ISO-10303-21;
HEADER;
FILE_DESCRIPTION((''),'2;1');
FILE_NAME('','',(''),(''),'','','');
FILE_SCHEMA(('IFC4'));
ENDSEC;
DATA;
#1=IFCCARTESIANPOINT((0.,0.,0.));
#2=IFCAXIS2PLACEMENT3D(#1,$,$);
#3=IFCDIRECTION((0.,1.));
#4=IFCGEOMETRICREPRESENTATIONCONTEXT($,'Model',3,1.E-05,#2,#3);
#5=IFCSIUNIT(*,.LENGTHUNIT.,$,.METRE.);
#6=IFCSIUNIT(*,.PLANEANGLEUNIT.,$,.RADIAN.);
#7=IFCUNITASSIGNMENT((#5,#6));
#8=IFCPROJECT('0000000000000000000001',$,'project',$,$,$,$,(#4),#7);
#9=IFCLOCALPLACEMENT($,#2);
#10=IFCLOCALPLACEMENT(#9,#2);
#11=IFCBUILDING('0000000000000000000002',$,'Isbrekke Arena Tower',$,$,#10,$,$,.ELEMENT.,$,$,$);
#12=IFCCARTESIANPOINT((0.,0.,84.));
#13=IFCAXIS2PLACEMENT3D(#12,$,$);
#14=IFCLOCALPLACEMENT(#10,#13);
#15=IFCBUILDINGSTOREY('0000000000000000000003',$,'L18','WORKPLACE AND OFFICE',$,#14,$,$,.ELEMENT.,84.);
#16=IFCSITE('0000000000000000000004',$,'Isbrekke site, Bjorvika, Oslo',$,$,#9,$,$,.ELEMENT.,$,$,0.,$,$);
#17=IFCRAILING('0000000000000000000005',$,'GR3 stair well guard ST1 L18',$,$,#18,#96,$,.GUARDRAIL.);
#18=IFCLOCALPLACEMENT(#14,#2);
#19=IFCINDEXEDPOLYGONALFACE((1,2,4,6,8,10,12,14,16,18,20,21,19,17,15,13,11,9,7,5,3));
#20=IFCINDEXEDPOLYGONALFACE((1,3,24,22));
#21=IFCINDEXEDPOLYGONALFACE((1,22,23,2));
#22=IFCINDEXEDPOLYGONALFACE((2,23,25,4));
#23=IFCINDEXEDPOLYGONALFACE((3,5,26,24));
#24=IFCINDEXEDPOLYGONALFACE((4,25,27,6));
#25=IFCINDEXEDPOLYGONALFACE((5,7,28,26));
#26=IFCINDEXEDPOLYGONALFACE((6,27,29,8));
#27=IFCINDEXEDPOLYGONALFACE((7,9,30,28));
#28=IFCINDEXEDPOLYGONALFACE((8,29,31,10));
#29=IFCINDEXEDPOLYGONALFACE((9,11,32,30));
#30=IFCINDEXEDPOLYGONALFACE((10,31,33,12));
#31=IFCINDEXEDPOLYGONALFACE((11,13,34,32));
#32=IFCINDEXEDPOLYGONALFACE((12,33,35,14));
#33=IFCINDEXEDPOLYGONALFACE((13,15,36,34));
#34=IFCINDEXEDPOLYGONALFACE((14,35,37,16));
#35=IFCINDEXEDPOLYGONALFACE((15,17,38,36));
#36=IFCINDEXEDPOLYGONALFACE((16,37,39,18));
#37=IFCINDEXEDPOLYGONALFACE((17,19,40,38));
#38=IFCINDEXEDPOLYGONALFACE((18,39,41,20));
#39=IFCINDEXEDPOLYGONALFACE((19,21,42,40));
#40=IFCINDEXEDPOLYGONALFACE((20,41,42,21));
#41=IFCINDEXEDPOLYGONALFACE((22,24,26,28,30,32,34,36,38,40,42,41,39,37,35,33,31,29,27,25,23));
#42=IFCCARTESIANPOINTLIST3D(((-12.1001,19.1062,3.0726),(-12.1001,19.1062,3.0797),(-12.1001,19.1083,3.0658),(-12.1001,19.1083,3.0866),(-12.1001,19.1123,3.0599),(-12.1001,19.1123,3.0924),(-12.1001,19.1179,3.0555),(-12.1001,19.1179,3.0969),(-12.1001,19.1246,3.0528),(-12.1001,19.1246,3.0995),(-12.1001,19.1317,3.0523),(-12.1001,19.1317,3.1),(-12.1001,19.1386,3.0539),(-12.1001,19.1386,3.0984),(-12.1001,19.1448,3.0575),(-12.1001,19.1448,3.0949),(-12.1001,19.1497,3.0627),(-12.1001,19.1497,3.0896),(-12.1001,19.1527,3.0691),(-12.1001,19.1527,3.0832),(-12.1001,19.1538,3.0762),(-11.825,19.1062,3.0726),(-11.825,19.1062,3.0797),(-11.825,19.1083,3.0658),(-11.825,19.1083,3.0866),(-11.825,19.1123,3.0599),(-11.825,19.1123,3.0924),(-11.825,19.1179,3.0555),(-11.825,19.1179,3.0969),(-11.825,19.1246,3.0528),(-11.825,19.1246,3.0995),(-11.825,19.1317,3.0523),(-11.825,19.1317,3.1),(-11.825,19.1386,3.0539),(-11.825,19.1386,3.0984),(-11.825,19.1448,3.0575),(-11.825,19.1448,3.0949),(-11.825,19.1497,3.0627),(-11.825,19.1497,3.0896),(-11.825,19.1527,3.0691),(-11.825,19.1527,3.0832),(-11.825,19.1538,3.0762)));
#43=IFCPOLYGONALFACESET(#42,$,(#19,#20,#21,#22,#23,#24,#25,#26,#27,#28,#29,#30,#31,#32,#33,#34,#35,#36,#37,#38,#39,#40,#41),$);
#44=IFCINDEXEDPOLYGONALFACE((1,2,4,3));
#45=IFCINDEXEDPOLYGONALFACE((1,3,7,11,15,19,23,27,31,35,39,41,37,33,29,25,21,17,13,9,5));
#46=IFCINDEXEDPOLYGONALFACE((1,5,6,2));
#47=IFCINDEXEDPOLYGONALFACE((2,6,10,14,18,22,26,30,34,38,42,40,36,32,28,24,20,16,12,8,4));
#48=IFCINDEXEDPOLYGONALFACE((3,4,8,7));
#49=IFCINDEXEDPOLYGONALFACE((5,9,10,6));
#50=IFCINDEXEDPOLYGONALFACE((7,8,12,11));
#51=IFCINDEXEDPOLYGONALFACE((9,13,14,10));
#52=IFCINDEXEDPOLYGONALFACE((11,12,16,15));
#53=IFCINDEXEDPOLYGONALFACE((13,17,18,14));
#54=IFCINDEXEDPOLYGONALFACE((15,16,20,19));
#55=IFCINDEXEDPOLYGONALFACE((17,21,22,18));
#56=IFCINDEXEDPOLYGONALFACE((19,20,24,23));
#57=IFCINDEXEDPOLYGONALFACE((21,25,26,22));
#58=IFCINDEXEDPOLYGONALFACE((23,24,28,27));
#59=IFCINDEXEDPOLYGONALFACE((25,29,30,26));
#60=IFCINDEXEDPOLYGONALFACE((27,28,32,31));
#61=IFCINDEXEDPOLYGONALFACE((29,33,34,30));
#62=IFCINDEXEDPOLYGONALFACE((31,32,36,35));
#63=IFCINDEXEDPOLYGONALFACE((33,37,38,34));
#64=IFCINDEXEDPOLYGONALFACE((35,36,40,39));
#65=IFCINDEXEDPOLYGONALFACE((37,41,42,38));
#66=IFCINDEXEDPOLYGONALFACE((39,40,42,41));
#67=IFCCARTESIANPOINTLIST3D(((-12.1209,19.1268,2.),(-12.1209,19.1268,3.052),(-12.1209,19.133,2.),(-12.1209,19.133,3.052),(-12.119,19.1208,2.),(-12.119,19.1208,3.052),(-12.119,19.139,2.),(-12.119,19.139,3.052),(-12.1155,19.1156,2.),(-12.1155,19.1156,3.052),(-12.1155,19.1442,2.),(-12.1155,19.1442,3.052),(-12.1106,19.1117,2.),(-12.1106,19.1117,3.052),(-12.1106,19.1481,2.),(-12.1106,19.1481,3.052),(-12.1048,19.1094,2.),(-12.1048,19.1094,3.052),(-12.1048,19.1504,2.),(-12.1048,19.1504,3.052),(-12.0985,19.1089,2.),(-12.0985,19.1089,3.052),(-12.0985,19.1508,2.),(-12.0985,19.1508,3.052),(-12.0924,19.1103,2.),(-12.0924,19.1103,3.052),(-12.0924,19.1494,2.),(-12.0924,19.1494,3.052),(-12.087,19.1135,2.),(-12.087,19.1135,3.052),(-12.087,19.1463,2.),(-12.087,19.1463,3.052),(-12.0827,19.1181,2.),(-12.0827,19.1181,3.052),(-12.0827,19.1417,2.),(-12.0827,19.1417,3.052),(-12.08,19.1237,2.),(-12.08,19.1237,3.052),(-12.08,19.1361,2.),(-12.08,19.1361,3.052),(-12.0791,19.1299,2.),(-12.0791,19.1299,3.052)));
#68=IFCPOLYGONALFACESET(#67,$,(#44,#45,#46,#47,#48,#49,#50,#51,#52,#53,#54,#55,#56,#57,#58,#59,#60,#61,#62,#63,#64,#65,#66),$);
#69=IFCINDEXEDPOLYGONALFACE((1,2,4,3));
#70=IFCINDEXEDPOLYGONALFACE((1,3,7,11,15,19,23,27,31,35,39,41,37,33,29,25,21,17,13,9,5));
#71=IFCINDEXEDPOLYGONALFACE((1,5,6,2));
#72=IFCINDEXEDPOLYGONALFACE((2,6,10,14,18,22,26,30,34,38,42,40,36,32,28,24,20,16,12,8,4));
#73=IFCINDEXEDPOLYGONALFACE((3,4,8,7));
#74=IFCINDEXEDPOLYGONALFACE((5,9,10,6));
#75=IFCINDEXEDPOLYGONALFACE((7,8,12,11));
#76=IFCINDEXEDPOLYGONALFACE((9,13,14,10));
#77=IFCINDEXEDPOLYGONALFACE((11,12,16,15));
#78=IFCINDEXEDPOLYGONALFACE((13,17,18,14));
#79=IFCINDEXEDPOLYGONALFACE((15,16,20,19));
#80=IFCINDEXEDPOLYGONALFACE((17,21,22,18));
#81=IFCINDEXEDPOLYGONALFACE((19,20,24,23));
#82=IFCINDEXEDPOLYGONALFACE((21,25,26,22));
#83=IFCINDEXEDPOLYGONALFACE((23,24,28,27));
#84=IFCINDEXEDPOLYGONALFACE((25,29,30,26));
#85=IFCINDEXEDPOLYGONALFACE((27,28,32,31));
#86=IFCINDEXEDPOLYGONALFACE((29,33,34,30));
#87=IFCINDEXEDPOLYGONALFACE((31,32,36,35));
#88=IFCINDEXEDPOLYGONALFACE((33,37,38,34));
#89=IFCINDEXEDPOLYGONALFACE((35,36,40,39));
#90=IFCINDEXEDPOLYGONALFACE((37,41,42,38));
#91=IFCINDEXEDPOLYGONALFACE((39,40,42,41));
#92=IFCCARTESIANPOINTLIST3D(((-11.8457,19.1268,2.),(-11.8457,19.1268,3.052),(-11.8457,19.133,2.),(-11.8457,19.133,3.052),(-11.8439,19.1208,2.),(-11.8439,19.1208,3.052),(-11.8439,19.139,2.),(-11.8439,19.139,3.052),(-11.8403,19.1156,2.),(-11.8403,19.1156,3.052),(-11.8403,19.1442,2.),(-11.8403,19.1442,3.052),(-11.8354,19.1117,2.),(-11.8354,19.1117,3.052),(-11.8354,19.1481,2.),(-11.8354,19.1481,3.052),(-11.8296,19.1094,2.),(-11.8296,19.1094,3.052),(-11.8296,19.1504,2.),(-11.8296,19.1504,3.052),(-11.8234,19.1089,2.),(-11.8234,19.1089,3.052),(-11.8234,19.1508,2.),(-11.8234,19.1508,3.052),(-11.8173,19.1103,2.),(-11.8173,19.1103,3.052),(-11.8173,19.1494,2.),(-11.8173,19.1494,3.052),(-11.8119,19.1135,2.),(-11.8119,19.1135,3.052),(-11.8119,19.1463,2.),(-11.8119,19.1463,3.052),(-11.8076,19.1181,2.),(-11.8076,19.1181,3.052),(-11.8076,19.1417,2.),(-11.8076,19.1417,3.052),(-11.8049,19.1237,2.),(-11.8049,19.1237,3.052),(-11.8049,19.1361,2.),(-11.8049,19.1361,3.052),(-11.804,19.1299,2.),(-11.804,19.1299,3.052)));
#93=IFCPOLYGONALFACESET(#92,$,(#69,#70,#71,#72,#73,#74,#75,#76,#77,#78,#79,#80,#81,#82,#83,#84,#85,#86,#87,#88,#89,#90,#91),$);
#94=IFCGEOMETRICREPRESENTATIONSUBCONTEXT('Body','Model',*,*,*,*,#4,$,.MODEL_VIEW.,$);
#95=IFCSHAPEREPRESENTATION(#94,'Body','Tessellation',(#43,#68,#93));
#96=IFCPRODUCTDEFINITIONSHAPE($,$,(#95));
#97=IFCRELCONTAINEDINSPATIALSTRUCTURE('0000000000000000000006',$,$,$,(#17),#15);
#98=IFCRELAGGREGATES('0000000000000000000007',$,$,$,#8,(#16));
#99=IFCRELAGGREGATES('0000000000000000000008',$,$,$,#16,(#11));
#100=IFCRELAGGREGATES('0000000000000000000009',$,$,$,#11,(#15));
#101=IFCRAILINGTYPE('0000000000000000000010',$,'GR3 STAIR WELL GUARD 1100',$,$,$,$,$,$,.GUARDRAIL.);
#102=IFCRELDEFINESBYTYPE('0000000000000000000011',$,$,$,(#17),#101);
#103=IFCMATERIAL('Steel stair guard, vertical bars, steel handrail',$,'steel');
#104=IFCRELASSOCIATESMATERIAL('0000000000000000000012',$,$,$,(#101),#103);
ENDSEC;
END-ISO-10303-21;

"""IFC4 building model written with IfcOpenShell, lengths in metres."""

from ifc_helpers import new_model, si_unit, direction, frame, origin, origin_2d, place, context, subcontext, project, spatial, circle, extrude, material, type_object, element, save


model = new_model("IFC4")

# Units and contexts
model_context = context("Model", 3, precision=1e-05, world=origin(), true_north=direction((0.0, 1.0)))
body_context = subcontext(model_context, "Body", "Model", "MODEL_VIEW")
ifc_project = project(units=[si_unit("LENGTHUNIT", "METRE"), si_unit("PLANEANGLEUNIT", "RADIAN")], contexts=[model_context])

# Site, building, storey
site_placement = place(None, origin())
site = spatial("IfcSite", under=ifc_project, at=site_placement, Name="Isbrekke site, Bjorvika, Oslo", CompositionType="ELEMENT", RefElevation=0.0)
building_placement = place(site_placement, origin())
building = spatial("IfcBuilding", under=site, at=building_placement, Name="Isbrekke Arena Tower", CompositionType="ELEMENT")
storey_placement = place(building_placement, frame((0.0, 0.0, 84.0)))
storey = spatial("IfcBuildingStorey", under=building, at=storey_placement, Name="L18", Description="WORKPLACE AND OFFICE", CompositionType="ELEMENT", Elevation=84.0)

# Railing
ifc_material_1 = material(Name="Steel stair guard, vertical bars, steel handrail", Category="steel")
railing_type = type_object("IfcRailingType", Name="GR3 STAIR WELL GUARD 1100", PredefinedType="GUARDRAIL", material=ifc_material_1)
for number, where, name in (
    (1, (-12.1001, 19.1299, 2.0), "GR3 stair well guard ST1 L18"),
):
    element("IfcRailing", number, at=place(storey_placement, frame(where)), inside=storey, type_object=railing_type, Name=name, PredefinedType="GUARDRAIL", context=body_context, shape_type="SweptSolid", body=[
        extrude(circle(Radius=0.0239, at=origin_2d()), frame((0.0, 0.0, 1.0762), z_axis=(1.0, 0.0, 0.0), x_axis=(0.0, 1.0, 0.0)), (0.0, 0.0, 1.0), 0.2751),
        extrude(circle(Radius=0.021, at=origin_2d()), origin(), (0.0, 0.0, 1.0), 1.052),
        extrude(circle(Radius=0.021, at=origin_2d()), frame((0.2751, 0.0, 0.0)), (0.0, 0.0, 1.0), 1.052),
    ])

save(model, "model.ifc")
